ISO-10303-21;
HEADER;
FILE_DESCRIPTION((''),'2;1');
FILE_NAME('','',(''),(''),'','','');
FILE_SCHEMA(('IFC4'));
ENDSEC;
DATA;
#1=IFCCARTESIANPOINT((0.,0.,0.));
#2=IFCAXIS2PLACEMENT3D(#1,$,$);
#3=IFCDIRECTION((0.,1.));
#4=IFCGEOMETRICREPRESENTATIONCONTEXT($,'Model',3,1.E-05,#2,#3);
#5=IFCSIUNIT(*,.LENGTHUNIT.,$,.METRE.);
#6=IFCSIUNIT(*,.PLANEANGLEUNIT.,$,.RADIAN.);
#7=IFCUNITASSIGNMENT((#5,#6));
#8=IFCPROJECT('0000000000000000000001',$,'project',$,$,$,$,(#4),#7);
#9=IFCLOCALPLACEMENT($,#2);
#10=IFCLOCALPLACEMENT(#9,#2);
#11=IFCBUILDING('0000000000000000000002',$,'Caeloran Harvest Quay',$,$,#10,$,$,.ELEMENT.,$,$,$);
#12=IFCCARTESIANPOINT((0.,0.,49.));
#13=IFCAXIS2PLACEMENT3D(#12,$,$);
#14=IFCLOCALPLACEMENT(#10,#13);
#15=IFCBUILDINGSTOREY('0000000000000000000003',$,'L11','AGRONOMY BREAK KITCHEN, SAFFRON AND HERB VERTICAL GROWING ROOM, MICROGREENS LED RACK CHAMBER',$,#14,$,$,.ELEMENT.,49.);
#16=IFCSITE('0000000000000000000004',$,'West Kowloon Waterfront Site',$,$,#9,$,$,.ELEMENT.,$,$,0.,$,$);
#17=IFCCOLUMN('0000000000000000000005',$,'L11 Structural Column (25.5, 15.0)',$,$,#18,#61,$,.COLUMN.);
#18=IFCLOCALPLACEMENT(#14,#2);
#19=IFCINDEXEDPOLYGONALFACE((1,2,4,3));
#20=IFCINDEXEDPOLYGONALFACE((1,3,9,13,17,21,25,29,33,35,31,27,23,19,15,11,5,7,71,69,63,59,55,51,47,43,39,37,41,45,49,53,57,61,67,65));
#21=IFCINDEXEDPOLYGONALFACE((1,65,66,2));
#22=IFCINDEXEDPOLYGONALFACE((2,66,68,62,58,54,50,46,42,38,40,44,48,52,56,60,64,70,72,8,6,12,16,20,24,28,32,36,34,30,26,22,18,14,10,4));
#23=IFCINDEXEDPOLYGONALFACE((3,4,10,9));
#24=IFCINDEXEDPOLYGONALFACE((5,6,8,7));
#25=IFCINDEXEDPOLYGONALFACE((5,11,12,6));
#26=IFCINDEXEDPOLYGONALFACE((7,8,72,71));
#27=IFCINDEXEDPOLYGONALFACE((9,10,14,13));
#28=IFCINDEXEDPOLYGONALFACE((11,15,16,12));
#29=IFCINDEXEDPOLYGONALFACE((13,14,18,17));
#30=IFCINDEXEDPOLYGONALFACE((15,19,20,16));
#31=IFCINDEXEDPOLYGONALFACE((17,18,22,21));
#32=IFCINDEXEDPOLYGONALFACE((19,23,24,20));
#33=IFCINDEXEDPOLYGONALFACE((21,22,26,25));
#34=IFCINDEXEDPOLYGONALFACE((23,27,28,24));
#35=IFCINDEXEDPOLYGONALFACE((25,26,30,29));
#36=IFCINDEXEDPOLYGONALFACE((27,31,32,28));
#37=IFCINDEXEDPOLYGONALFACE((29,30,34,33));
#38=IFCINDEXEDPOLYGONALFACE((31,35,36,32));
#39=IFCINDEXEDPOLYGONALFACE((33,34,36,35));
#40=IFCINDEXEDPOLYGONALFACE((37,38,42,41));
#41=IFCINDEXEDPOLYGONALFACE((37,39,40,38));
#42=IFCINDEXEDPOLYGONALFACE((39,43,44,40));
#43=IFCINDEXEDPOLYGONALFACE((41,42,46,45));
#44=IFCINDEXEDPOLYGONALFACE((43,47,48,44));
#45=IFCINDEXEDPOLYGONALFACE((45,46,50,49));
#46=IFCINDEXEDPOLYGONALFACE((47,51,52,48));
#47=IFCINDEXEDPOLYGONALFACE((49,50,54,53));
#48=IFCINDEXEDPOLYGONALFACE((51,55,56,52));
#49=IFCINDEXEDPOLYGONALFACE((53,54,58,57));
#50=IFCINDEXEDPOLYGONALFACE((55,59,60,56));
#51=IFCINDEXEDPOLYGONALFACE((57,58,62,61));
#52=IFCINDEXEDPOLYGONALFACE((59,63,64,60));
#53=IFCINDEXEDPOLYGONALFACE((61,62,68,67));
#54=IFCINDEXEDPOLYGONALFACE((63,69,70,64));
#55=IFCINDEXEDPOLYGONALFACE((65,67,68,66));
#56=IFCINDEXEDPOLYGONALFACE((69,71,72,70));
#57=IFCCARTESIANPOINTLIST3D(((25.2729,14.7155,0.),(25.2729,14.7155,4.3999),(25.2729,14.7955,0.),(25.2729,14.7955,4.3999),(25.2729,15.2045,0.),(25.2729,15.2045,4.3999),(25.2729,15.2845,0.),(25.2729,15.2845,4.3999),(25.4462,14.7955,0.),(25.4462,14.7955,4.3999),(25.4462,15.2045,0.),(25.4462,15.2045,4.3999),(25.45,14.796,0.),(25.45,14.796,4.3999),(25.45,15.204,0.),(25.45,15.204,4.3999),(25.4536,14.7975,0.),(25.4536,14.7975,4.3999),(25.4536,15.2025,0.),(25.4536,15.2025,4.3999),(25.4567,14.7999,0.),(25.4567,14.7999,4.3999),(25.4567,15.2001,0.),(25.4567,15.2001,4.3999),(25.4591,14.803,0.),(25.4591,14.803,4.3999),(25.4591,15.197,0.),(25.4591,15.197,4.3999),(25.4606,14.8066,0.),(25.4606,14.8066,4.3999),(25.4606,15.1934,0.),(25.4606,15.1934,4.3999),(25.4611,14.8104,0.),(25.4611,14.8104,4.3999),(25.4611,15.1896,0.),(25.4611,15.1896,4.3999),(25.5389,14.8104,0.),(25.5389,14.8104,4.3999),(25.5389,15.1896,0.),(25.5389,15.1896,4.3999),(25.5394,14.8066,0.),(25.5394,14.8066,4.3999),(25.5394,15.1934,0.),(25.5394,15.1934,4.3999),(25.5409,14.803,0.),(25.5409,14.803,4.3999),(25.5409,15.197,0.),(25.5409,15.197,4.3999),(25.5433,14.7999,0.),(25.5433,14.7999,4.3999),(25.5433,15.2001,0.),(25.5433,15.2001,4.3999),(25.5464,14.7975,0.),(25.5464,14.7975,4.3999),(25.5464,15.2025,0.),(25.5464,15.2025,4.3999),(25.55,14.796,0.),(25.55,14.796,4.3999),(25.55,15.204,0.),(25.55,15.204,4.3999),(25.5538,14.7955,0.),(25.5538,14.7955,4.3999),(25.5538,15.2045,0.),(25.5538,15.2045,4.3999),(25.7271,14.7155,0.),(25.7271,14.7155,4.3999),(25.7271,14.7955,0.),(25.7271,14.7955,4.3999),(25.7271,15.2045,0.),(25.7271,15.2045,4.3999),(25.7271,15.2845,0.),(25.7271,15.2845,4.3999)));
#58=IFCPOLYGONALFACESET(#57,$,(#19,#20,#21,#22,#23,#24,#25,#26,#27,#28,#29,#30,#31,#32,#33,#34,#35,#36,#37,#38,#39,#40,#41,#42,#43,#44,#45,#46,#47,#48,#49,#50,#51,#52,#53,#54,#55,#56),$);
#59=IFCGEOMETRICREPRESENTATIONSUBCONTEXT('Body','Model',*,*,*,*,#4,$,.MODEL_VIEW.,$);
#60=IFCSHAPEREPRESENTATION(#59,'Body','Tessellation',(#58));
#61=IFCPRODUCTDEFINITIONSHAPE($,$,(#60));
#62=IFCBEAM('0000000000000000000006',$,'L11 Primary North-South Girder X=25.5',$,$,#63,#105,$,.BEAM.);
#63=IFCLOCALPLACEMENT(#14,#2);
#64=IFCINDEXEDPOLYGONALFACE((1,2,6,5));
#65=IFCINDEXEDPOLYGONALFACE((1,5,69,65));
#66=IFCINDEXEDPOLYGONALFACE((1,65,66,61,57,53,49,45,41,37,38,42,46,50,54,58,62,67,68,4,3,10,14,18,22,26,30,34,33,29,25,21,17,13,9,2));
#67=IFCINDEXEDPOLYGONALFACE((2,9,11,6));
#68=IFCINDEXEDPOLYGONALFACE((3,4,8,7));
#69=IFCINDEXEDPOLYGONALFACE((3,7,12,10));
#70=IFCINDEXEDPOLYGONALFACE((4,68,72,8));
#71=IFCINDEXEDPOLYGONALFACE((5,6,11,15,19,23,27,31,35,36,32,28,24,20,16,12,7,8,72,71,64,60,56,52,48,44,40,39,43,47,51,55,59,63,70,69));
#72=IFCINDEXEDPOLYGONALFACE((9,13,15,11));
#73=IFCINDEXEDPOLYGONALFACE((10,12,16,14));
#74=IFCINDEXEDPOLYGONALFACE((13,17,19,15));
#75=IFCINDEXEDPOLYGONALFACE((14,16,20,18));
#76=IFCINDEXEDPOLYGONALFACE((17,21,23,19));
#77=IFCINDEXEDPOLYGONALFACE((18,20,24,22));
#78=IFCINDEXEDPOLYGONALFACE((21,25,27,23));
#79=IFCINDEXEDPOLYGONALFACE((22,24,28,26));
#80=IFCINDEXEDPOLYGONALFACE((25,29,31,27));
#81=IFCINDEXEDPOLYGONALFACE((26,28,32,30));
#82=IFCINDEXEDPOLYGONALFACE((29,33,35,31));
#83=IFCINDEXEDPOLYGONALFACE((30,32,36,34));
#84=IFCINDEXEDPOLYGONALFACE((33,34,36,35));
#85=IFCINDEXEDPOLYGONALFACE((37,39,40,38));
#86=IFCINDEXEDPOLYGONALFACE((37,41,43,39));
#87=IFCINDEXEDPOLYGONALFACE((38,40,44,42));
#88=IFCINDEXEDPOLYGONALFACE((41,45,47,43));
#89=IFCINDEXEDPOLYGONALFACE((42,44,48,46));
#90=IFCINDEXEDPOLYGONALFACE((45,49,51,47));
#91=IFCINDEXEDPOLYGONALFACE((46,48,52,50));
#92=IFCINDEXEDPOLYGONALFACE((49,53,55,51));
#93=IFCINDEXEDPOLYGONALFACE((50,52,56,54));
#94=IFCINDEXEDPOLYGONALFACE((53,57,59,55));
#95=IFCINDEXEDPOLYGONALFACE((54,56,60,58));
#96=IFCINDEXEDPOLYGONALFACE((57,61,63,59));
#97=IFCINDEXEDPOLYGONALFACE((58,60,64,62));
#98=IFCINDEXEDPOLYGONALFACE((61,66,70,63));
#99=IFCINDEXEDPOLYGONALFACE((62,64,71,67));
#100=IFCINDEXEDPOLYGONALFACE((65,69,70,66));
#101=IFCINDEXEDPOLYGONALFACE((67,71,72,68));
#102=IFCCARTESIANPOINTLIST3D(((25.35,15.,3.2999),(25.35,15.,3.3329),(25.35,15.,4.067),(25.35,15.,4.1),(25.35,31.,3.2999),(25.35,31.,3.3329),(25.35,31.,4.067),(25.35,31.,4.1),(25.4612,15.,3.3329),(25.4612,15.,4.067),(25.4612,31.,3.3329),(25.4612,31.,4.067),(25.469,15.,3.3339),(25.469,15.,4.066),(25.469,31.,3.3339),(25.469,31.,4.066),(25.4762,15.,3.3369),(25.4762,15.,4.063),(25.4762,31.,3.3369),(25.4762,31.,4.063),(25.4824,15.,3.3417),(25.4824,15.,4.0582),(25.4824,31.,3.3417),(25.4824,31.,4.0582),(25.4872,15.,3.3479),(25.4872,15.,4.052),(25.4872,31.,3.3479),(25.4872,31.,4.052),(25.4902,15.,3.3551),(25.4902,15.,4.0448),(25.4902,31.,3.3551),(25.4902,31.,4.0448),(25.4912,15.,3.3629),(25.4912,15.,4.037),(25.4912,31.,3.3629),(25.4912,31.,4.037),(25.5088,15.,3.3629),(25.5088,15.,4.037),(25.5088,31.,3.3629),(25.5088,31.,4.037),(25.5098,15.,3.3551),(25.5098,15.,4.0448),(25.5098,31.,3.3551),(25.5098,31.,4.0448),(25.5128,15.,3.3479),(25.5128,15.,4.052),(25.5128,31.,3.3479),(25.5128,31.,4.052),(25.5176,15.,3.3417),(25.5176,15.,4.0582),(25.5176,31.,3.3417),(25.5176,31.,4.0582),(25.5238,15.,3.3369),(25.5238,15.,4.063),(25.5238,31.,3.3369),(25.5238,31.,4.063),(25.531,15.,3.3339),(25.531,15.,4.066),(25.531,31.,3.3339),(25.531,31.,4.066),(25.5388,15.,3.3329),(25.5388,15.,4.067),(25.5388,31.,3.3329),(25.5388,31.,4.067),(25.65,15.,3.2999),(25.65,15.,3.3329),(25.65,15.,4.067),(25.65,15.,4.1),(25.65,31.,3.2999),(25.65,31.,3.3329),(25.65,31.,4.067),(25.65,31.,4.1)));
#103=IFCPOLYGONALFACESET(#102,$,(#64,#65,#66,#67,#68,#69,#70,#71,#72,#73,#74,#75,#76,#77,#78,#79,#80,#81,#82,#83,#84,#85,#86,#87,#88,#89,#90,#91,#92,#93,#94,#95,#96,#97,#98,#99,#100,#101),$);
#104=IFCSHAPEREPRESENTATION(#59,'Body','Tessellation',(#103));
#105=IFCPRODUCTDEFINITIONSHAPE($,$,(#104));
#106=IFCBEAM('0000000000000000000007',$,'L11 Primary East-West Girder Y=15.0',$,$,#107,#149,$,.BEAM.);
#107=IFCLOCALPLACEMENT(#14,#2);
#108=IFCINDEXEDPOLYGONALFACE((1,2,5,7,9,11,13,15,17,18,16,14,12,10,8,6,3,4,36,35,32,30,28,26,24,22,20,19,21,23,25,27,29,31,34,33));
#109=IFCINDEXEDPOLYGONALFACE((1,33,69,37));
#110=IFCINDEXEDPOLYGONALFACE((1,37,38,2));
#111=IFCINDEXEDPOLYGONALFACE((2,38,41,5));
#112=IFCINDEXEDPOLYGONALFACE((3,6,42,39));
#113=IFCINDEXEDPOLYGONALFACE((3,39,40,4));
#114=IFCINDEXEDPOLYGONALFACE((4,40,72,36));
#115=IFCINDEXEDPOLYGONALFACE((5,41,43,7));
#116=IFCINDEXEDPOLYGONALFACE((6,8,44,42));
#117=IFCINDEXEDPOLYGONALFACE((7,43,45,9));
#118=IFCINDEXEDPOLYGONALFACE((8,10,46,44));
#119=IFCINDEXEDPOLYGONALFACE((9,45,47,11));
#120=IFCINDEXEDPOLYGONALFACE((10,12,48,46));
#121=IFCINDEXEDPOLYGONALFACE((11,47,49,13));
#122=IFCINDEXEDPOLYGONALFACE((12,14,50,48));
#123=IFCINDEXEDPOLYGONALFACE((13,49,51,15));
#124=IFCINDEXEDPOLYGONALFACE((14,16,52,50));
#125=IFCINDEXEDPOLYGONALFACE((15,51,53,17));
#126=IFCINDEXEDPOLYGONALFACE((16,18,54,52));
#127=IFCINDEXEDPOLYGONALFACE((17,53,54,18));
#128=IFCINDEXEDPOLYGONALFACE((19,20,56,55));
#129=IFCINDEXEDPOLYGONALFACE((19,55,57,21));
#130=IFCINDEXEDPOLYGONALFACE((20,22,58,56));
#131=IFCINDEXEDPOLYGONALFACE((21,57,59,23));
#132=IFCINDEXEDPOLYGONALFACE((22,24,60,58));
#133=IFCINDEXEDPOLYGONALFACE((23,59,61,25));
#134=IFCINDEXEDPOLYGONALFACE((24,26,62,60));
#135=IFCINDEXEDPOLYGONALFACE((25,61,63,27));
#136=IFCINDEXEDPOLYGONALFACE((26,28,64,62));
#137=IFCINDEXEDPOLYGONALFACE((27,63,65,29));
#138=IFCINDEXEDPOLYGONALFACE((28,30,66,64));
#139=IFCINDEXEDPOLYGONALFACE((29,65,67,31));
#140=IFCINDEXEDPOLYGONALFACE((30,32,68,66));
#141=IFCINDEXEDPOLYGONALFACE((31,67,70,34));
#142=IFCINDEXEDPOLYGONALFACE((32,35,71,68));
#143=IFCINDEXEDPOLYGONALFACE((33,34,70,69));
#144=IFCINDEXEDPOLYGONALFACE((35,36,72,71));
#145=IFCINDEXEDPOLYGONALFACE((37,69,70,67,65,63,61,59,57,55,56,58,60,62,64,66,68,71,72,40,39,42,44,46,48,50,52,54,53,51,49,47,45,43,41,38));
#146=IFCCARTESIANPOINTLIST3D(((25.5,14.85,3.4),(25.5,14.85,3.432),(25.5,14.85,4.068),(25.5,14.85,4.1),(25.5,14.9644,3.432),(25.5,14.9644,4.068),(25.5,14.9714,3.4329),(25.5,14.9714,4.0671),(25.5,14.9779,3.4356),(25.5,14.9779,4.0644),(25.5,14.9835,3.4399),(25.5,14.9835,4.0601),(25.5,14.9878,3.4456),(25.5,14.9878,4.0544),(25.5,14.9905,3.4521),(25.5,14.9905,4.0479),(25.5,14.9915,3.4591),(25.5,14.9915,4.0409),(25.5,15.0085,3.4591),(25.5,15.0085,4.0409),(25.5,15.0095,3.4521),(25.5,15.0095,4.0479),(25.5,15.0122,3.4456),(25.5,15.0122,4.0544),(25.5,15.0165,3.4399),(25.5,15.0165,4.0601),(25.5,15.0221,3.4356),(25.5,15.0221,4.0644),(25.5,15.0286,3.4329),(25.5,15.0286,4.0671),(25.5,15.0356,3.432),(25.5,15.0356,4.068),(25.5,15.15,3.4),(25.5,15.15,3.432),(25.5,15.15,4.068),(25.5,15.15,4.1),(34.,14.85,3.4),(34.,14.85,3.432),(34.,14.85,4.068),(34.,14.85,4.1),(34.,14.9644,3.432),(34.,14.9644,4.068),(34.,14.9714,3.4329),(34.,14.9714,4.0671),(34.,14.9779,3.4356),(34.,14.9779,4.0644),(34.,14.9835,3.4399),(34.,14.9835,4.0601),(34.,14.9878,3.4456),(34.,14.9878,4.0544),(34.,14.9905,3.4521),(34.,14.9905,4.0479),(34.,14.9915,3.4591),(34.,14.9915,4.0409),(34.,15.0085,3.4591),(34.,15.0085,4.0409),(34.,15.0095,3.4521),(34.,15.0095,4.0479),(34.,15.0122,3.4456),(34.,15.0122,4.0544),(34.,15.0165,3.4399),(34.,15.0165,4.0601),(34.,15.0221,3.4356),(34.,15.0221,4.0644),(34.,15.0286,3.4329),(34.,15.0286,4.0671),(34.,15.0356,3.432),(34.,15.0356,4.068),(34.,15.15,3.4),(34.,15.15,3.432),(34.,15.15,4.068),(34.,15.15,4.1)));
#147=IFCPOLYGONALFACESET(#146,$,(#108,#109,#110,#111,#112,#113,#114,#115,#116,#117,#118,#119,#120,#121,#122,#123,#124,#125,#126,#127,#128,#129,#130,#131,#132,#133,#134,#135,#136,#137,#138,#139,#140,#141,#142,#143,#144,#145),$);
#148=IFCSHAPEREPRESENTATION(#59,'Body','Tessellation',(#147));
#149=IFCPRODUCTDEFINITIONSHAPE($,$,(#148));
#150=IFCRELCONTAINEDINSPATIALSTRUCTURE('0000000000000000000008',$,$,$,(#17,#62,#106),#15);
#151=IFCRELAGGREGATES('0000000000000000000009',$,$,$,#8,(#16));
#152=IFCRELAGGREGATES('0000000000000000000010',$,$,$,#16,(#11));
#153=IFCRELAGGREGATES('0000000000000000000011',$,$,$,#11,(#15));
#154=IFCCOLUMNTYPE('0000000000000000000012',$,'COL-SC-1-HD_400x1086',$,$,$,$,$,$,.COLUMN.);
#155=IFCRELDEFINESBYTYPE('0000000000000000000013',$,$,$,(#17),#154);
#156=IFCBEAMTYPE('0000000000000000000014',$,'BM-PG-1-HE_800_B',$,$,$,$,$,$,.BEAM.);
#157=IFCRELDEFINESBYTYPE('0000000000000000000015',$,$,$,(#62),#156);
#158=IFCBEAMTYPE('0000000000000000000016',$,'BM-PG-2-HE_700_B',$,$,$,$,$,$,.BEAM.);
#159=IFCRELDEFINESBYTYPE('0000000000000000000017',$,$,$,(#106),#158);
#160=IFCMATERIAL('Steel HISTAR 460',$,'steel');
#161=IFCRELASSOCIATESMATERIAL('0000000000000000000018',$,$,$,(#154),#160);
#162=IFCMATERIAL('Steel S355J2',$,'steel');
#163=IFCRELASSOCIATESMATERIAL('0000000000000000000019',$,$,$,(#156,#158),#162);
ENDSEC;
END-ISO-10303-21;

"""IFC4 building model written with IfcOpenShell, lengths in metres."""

from ifc_helpers import new_model, si_unit, direction, frame, origin, origin_2d, place, context, subcontext, project, spatial, i_section, extrude, material, material_profile, profile_set, type_object, element, save


model = new_model("IFC4")

# Units and contexts
model_context = context("Model", 3, precision=1e-05, world=origin(), true_north=direction((0.0, 1.0)))
body_context = subcontext(model_context, "Body", "Model", "MODEL_VIEW")
ifc_project = project(units=[si_unit("LENGTHUNIT", "METRE"), si_unit("PLANEANGLEUNIT", "RADIAN")], contexts=[model_context])

# Site, building, storey
site_placement = place(None, origin())
site = spatial("IfcSite", under=ifc_project, at=site_placement, Name="West Kowloon Waterfront Site", CompositionType="ELEMENT", RefElevation=0.0)
building_placement = place(site_placement, origin())
building = spatial("IfcBuilding", under=site, at=building_placement, Name="Caeloran Harvest Quay", CompositionType="ELEMENT")
storey_placement = place(building_placement, frame((0.0, 0.0, 49.0)))
storey = spatial("IfcBuildingStorey", under=building, at=storey_placement, Name="L11", Description="AGRONOMY BREAK KITCHEN, SAFFRON AND HERB VERTICAL GROWING ROOM, MICROGREENS LED RACK CHAMBER", CompositionType="ELEMENT", Elevation=49.0)

# Column
ifc_material_1 = material(Name="Steel HISTAR 460", Category="steel")
ifc_material_profile_1 = material_profile(ifc_material_1, i_section(OverallWidth=0.4541, OverallDepth=0.5691, WebThickness=0.0779, FlangeThickness=0.0801, FilletRadius=0.0149, at=origin_2d()), Name="HD 400x1086")
ifc_profile_set_1 = profile_set([ifc_material_profile_1], Name="Steel HISTAR 460")
column_type = type_object("IfcColumnType", Name="COL-SC-1-HD_400x1086", PredefinedType="COLUMN", material=ifc_profile_set_1)
column_placement = place(storey_placement, frame((25.5, 15.0, 0.0), z_axis=(0.0, 0.0, 1.0), x_axis=(1.0, 0.0, 0.0)))
element("IfcColumn", 1, at=column_placement, inside=storey, type_object=column_type, Name="L11 Structural Column (25.5, 15.0)", PredefinedType="COLUMN", context=body_context, shape_type="SweptSolid", body=[
    extrude(i_section(OverallWidth=0.4541, OverallDepth=0.5691, WebThickness=0.0779, FlangeThickness=0.0801, FilletRadius=0.0149, at=origin_2d()), origin(), (0.0, 0.0, 1.0), 4.3999),
])

# Beams
ifc_material_2 = material(Name="Steel S355J2", Category="steel")
ifc_material_profile_2 = material_profile(ifc_material_2, i_section(OverallWidth=0.3, OverallDepth=0.8, WebThickness=0.0176, FlangeThickness=0.033, FilletRadius=0.03, at=origin_2d()), Name="HE 800 B")
ifc_profile_set_2 = profile_set([ifc_material_profile_2], Name="Steel S355J2")
beam_type_1 = type_object("IfcBeamType", Name="BM-PG-1-HE_800_B", PredefinedType="BEAM", material=ifc_profile_set_2)
beam_1_placement = place(storey_placement, frame((25.5, 15.0, 3.7), z_axis=(0.0, 1.0, 0.0), x_axis=(-1.0, 0.0, 0.0)))
element("IfcBeam", 2, at=beam_1_placement, inside=storey, type_object=beam_type_1, Name="L11 Primary North-South Girder X=25.5", PredefinedType="BEAM", context=body_context, shape_type="SweptSolid", body=[
    extrude(i_section(OverallWidth=0.3, OverallDepth=0.8, WebThickness=0.0176, FlangeThickness=0.033, FilletRadius=0.03, at=origin_2d()), origin(), (0.0, 0.0, 1.0), 16.0),
])
ifc_material_profile_3 = material_profile(ifc_material_2, i_section(OverallWidth=0.3, OverallDepth=0.7, WebThickness=0.0171, FlangeThickness=0.032, FilletRadius=0.0271, at=origin_2d()), Name="HE 700 B")
ifc_profile_set_3 = profile_set([ifc_material_profile_3], Name="Steel S355J2")
beam_type_2 = type_object("IfcBeamType", Name="BM-PG-2-HE_700_B", PredefinedType="BEAM", material=ifc_profile_set_3)
beam_2_placement = place(storey_placement, frame((25.5, 15.0, 3.75), z_axis=(1.0, 0.0, 0.0), x_axis=(0.0, 1.0, 0.0)))
element("IfcBeam", 3, at=beam_2_placement, inside=storey, type_object=beam_type_2, Name="L11 Primary East-West Girder Y=15.0", PredefinedType="BEAM", context=body_context, shape_type="SweptSolid", body=[
    extrude(i_section(OverallWidth=0.3, OverallDepth=0.7, WebThickness=0.0171, FlangeThickness=0.032, FilletRadius=0.0271, at=origin_2d()), origin(), (0.0, 0.0, 1.0), 8.5),
])

save(model, "model.ifc")
